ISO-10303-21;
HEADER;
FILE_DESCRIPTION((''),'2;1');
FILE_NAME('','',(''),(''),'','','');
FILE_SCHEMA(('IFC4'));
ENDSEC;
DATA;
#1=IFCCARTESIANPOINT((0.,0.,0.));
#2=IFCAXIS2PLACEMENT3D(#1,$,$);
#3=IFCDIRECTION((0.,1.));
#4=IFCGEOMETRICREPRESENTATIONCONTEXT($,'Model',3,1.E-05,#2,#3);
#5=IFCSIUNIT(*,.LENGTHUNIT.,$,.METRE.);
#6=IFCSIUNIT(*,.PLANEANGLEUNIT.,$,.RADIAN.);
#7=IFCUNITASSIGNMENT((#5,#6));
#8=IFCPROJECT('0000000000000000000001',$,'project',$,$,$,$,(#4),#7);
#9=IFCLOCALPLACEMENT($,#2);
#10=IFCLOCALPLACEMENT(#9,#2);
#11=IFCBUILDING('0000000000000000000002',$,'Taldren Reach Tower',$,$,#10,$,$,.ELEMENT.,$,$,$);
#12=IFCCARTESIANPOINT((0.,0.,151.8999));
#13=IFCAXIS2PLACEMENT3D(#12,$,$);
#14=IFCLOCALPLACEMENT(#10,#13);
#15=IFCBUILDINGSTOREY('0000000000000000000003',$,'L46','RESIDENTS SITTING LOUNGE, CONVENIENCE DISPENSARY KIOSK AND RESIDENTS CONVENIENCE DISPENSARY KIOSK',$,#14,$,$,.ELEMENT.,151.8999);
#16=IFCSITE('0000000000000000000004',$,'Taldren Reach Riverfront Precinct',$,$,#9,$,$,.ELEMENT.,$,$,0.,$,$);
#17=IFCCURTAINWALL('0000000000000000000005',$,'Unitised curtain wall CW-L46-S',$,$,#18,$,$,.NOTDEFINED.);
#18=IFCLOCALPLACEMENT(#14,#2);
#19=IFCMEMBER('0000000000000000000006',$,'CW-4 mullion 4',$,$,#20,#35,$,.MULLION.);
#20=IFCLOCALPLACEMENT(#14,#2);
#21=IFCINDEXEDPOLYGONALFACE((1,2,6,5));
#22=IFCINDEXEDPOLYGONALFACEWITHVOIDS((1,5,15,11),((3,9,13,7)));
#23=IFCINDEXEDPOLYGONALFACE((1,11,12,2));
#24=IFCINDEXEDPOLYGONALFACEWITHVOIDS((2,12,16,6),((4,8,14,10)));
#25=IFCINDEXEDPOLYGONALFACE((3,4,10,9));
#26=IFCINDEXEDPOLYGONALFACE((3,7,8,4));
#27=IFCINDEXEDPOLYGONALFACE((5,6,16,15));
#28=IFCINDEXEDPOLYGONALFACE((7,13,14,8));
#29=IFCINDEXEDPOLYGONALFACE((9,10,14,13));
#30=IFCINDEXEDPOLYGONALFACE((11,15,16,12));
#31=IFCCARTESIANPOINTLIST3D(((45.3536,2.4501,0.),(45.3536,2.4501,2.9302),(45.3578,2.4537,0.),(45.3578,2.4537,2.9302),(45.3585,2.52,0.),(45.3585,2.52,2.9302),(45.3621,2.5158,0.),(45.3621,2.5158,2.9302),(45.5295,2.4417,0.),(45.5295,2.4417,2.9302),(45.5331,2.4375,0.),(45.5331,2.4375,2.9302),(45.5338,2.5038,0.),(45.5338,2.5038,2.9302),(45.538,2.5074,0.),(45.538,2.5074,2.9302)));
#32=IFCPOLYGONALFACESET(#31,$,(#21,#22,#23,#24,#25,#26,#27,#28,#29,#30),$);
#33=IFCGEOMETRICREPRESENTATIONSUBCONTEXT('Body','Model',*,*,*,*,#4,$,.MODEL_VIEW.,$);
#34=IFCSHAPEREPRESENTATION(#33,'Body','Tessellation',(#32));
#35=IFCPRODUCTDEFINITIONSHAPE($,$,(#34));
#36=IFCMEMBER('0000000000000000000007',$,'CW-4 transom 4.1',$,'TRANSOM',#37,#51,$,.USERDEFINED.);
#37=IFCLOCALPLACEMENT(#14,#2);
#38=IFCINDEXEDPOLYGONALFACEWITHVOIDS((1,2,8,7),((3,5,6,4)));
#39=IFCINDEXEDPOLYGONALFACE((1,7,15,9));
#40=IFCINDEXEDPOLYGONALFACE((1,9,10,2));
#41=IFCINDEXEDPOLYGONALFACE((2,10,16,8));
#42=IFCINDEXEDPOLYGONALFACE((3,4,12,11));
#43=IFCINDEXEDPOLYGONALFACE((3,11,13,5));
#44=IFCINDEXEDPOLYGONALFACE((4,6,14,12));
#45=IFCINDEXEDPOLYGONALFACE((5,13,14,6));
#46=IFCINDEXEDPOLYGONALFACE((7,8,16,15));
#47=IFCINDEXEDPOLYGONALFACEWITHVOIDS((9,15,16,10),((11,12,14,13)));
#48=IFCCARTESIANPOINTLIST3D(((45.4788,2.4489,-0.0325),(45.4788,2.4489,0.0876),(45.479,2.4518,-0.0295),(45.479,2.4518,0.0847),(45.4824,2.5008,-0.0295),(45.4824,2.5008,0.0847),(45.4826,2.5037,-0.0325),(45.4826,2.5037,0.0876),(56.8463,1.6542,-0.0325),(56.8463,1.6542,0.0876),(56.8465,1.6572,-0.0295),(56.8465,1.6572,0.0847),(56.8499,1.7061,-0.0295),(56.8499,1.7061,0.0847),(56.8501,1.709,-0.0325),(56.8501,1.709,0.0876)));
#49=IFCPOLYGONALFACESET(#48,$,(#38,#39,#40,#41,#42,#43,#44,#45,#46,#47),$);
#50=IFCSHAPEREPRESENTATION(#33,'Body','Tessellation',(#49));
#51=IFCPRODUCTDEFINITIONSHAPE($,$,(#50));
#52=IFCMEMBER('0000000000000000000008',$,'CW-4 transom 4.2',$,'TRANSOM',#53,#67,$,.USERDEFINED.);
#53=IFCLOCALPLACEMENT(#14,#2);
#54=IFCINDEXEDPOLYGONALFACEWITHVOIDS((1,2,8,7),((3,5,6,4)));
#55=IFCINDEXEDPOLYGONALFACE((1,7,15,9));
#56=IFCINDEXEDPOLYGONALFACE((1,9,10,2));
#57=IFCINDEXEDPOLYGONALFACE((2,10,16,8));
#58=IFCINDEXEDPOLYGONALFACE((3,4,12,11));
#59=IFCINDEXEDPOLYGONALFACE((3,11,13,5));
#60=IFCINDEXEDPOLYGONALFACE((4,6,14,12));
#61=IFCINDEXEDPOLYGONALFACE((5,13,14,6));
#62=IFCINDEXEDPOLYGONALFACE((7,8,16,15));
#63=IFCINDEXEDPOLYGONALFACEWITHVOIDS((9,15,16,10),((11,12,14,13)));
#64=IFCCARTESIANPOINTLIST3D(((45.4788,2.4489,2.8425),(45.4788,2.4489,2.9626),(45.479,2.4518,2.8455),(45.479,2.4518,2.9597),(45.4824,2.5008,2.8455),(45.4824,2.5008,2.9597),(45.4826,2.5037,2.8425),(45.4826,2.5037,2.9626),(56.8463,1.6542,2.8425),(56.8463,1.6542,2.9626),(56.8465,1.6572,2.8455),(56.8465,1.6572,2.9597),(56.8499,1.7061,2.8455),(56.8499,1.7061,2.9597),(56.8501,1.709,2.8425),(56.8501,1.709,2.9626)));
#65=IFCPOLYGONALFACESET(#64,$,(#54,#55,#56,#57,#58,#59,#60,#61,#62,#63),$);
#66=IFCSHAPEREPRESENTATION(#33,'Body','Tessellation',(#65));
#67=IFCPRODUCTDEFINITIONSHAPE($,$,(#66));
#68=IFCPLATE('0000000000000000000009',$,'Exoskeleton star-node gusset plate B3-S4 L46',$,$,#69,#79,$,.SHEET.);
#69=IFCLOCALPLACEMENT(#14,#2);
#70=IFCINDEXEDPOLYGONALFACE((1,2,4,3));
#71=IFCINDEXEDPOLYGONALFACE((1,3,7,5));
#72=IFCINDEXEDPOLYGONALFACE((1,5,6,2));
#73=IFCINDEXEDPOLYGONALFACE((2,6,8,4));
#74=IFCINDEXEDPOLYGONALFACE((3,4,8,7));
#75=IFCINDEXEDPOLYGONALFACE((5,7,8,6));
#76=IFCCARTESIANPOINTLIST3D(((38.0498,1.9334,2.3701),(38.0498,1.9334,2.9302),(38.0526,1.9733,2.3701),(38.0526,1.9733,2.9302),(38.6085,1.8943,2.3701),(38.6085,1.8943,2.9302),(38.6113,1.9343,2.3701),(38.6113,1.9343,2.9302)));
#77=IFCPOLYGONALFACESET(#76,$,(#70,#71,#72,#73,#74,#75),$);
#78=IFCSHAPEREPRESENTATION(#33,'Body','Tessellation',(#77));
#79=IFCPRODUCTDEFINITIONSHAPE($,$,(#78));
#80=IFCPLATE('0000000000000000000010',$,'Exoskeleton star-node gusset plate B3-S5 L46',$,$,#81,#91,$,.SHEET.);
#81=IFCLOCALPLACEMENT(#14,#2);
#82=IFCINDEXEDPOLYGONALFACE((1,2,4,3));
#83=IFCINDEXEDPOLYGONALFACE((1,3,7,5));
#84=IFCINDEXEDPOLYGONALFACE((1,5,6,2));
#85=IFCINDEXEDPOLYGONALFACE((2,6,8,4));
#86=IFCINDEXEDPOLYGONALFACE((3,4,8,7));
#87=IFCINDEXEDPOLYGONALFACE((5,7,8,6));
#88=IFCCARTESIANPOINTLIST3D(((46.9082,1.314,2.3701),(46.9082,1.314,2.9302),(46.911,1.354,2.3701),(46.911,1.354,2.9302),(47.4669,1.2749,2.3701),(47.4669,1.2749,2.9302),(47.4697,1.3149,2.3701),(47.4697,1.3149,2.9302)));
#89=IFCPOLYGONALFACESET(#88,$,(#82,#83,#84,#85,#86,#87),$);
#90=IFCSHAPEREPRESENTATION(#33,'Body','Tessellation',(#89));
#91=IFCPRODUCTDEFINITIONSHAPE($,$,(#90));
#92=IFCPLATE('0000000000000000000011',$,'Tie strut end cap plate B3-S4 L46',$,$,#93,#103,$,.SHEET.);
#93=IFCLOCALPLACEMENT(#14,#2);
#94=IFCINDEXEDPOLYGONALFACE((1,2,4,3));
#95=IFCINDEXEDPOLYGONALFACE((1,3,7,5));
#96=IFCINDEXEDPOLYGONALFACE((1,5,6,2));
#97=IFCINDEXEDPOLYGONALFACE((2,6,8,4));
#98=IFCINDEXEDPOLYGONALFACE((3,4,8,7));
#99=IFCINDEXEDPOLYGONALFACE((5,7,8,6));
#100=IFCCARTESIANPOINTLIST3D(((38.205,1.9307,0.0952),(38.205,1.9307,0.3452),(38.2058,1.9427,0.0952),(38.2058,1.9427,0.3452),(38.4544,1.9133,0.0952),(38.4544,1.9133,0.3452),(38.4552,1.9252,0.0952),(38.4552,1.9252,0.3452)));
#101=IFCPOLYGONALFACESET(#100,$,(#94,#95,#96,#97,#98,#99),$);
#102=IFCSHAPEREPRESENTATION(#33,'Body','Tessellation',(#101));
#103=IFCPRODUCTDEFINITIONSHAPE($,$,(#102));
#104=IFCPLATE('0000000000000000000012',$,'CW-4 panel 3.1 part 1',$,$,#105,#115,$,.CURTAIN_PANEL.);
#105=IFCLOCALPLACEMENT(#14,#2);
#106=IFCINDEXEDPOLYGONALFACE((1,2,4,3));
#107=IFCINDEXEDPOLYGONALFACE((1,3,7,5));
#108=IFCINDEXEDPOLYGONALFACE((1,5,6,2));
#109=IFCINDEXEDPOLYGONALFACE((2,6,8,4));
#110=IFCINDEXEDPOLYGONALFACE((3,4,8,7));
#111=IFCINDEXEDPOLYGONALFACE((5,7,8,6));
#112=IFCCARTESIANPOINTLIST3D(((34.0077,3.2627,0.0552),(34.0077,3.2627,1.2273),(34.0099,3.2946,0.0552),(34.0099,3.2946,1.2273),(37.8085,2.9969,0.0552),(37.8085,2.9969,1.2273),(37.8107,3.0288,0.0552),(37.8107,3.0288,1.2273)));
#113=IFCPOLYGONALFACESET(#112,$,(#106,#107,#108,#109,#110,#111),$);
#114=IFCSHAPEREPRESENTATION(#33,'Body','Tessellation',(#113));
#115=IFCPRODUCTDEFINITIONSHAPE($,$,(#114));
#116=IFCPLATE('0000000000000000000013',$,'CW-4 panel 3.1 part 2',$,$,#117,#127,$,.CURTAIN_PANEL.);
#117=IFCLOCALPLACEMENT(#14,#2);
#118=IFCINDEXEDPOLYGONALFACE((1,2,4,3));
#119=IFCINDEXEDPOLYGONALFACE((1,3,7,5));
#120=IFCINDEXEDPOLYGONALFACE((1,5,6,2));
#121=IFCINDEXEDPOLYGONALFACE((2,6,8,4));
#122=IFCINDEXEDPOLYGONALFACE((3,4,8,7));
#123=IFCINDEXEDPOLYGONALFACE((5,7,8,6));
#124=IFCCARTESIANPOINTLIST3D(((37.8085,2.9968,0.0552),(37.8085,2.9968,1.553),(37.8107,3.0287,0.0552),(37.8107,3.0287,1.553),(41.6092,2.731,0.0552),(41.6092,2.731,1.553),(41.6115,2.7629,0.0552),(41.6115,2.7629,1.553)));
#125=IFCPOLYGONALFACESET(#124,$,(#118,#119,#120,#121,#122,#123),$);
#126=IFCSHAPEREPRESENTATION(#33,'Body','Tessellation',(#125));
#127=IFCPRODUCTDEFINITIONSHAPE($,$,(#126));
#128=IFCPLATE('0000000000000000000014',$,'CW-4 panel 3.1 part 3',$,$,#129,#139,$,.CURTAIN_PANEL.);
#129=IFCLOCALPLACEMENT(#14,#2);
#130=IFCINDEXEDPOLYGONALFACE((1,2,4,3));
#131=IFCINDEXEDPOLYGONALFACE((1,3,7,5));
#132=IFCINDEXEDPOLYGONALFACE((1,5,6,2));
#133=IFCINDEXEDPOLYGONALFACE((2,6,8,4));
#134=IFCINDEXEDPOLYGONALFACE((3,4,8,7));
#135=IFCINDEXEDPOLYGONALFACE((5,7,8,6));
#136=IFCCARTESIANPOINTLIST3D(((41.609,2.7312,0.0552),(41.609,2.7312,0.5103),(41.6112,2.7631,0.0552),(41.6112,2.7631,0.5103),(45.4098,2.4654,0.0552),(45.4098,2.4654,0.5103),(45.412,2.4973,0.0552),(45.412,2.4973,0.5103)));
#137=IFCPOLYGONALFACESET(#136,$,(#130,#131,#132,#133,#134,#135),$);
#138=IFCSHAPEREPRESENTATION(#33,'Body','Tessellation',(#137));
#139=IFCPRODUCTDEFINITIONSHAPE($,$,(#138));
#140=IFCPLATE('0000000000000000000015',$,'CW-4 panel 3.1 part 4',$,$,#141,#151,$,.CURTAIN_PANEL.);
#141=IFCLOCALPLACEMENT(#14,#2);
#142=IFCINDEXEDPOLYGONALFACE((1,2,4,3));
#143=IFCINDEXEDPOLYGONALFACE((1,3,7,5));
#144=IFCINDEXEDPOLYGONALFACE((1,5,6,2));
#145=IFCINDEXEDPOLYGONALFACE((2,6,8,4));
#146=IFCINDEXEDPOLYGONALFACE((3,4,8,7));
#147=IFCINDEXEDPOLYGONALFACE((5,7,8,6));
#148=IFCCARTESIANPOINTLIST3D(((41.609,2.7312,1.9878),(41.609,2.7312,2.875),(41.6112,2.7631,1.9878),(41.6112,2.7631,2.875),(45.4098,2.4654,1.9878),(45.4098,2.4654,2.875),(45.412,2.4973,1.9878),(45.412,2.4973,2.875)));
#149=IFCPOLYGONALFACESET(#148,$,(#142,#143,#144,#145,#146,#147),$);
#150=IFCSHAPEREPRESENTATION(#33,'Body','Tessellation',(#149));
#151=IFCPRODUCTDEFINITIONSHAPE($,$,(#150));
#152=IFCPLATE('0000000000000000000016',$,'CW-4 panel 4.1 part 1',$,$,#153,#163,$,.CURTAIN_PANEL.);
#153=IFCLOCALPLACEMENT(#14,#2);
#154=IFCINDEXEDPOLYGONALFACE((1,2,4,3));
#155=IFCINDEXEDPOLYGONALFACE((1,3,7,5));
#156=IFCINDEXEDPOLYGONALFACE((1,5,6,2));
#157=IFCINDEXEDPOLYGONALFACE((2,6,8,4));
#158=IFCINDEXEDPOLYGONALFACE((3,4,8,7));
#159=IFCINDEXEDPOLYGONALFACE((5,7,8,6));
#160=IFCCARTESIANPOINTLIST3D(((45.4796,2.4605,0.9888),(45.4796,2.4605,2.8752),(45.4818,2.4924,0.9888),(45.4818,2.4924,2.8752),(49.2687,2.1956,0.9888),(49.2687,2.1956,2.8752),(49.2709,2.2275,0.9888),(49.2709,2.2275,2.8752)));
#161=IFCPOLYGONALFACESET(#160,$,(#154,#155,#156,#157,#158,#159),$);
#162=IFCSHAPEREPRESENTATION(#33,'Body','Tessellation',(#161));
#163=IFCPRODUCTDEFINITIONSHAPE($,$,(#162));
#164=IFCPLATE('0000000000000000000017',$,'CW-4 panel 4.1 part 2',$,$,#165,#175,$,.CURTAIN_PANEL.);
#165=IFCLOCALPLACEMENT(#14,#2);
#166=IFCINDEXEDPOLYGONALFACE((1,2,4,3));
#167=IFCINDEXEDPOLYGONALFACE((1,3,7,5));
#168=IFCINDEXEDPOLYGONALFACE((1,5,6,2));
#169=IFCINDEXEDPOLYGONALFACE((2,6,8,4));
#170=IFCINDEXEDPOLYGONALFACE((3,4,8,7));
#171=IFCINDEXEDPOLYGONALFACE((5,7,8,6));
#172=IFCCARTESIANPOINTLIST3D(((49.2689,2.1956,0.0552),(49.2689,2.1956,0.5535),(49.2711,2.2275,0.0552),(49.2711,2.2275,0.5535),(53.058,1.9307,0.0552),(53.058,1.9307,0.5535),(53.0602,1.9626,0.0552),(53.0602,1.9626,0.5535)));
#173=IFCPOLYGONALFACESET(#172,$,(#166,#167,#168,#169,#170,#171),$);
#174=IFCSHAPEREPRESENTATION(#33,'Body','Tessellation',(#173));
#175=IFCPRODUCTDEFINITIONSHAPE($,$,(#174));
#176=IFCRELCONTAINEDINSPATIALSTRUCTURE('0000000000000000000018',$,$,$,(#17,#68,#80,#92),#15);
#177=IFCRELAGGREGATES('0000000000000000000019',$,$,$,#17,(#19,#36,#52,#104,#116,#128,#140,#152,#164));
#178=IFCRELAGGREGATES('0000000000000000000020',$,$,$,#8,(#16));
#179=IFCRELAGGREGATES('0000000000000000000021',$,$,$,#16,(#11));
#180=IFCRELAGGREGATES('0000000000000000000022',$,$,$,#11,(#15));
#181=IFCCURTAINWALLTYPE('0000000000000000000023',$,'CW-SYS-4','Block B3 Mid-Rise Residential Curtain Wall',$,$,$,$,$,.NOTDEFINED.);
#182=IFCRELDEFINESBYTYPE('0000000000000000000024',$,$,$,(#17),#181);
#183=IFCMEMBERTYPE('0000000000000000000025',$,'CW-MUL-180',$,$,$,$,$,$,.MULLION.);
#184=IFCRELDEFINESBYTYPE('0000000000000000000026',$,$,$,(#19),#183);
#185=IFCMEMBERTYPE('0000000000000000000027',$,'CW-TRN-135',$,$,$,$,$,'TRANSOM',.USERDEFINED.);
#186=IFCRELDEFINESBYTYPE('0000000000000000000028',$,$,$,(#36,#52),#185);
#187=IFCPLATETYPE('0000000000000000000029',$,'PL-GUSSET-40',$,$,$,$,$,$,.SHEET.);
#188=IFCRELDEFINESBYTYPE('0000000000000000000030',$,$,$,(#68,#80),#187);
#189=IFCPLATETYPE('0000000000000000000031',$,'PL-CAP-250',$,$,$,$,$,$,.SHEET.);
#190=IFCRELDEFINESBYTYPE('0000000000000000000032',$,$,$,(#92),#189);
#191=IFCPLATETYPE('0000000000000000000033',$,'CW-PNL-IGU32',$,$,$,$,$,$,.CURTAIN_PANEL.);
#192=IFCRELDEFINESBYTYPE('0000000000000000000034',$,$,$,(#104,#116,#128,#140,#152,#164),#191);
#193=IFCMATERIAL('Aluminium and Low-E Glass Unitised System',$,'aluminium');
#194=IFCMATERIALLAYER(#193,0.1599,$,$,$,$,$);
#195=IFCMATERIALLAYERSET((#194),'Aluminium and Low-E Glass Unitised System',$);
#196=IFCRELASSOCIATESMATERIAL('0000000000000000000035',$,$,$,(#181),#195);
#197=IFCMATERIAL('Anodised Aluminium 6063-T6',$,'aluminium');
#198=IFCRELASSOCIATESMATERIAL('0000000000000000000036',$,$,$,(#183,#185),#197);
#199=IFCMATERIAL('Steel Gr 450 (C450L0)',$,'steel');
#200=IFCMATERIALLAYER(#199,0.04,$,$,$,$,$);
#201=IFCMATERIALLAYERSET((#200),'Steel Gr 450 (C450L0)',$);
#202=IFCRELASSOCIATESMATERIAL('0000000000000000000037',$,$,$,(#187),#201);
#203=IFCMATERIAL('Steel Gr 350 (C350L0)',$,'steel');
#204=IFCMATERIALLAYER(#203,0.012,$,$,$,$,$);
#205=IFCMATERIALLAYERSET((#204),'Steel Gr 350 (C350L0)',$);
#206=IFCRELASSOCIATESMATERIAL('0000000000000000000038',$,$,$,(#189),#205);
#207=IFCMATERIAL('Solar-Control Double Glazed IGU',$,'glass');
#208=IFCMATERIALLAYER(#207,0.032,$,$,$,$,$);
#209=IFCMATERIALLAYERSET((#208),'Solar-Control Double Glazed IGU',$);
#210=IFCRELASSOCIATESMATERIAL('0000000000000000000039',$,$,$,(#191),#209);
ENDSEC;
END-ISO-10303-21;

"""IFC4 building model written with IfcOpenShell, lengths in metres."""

from ifc_helpers import new_model, si_unit, direction, frame, origin, origin_2d, place, context, subcontext, project, spatial, rectangle, hollow_rectangle, extrude, source, transform, mapped, material, layer, layer_set, material_profile, profile_set, type_object, element, aggregate, save


model = new_model("IFC4")

# Units and contexts
model_context = context("Model", 3, precision=1e-05, world=origin(), true_north=direction((0.0, 1.0)))
body_context = subcontext(model_context, "Body", "Model", "MODEL_VIEW")
ifc_project = project(units=[si_unit("LENGTHUNIT", "METRE"), si_unit("PLANEANGLEUNIT", "RADIAN")], contexts=[model_context])

# Site, building, storey
site_placement = place(None, origin())
site = spatial("IfcSite", under=ifc_project, at=site_placement, Name="Taldren Reach Riverfront Precinct", CompositionType="ELEMENT", RefElevation=0.0)
building_placement = place(site_placement, origin())
building = spatial("IfcBuilding", under=site, at=building_placement, Name="Taldren Reach Tower", CompositionType="ELEMENT")
storey_placement = place(building_placement, frame((0.0, 0.0, 151.8999)))
storey = spatial("IfcBuildingStorey", under=building, at=storey_placement, Name="L46", Description="RESIDENTS SITTING LOUNGE, CONVENIENCE DISPENSARY KIOSK AND RESIDENTS CONVENIENCE DISPENSARY KIOSK", CompositionType="ELEMENT", Elevation=151.8999)

# Shared definitions
ifc_material_1 = material(Name="Steel Gr 450 (C450L0)", Category="steel")
ifc_material_2 = material(Name="Steel Gr 350 (C350L0)", Category="steel")

# Curtain wall, members
ifc_material_3 = material(Name="Aluminium and Low-E Glass Unitised System", Category="aluminium")
ifc_layer_1 = layer(ifc_material_3, 0.1599)
ifc_layer_set_1 = layer_set([ifc_layer_1], Name="Aluminium and Low-E Glass Unitised System")
curtain_wall_type = type_object("IfcCurtainWallType", Name="CW-SYS-4", Description="Block B3 Mid-Rise Residential Curtain Wall", PredefinedType="NOTDEFINED", material=ifc_layer_set_1)
curtain_wall_placement = place(storey_placement, origin())
curtain_wall = element("IfcCurtainWall", 1, at=curtain_wall_placement, inside=storey, type_object=curtain_wall_type, Name="Unitised curtain wall CW-L46-S", PredefinedType="NOTDEFINED")
ifc_material_4 = material(Name="Anodised Aluminium 6063-T6", Category="aluminium")
ifc_material_profile_1 = material_profile(ifc_material_4, hollow_rectangle(XDim=0.0701, YDim=0.1799, WallThickness=0.0039, at=origin_2d()), Name="ALU-180x70x4RHS")
ifc_profile_set_1 = profile_set([ifc_material_profile_1], Name="Anodised Aluminium 6063-T6")
member_type_1 = type_object("IfcMemberType", Name="CW-MUL-180", PredefinedType="MULLION", material=ifc_profile_set_1)
shared_shape_1 = source(origin(), body_context, "Body", "SweptSolid", [
    extrude(hollow_rectangle(XDim=0.0701, YDim=0.1799, WallThickness=0.0039, at=origin_2d()), origin(), (0.0, 0.0, 1.0), 2.9302),
])
member_1_placement = place(storey_placement, frame((45.4458, 2.4788, 0.0), z_axis=(0.0, 0.0, 1.0), x_axis=(0.069757, 0.997564, 0.0)))
member_1 = element("IfcMember", 2, at=member_1_placement, type_object=member_type_1, Name="CW-4 mullion 4", PredefinedType="MULLION", context=body_context, shape_type="MappedRepresentation", body=[
    mapped(shared_shape_1, transform((0.0, 0.0, 0.0), scale=1.0)),
])
ifc_material_profile_2 = material_profile(ifc_material_4, hollow_rectangle(XDim=0.0549, YDim=0.1201, WallThickness=0.0029, at=origin_2d()), Name="ALU-120x55x3RHS")
ifc_profile_set_2 = profile_set([ifc_material_profile_2], Name="Anodised Aluminium 6063-T6")
member_type_2 = type_object("IfcMemberType", Name="CW-TRN-135", ElementType="TRANSOM", PredefinedType="USERDEFINED", material=ifc_profile_set_2)
shared_shape_2 = source(origin(), body_context, "Body", "SweptSolid", [
    extrude(hollow_rectangle(XDim=0.0549, YDim=0.1201, WallThickness=0.0029, at=origin_2d()), origin(), (0.0, 0.0, 1.0), 11.3953),
])
member_2_placement = place(storey_placement, frame((45.4807, 2.4763, 0.0276), z_axis=(0.997565, -0.069738, 0.0), x_axis=(0.069738, 0.997565, 0.0)))
member_2 = element("IfcMember", 3, at=member_2_placement, type_object=member_type_2, Name="CW-4 transom 4.1", ObjectType="TRANSOM", PredefinedType="USERDEFINED", context=body_context, shape_type="MappedRepresentation", body=[
    mapped(shared_shape_2, transform((0.0, 0.0, 0.0), scale=1.0)),
])
member_3_placement = place(storey_placement, frame((45.4807, 2.4763, 2.9026), z_axis=(0.997565, -0.069738, 0.0), x_axis=(0.069738, 0.997565, 0.0)))
member_3 = element("IfcMember", 4, at=member_3_placement, type_object=member_type_2, Name="CW-4 transom 4.2", ObjectType="TRANSOM", PredefinedType="USERDEFINED", context=body_context, shape_type="MappedRepresentation", body=[
    mapped(shared_shape_2, transform((0.0, 0.0, 0.0), scale=1.0)),
])

# Plates
ifc_layer_2 = layer(ifc_material_1, 0.04)
ifc_layer_set_2 = layer_set([ifc_layer_2], Name="Steel Gr 450 (C450L0)")
plate_type_1 = type_object("IfcPlateType", Name="PL-GUSSET-40", PredefinedType="SHEET", material=ifc_layer_set_2)
shared_shape_3 = source(origin(), body_context, "Body", "SweptSolid", [
    extrude(rectangle(XDim=0.5601, YDim=0.04, at=origin_2d()), origin(), (0.0, 0.0, 1.0), 0.5601),
])
for number, where, z_axis, x_axis, name in (
    (5, (38.3306, 1.9338, 2.3701), (0.0, 0.0, 1.0), (0.997564, -0.069756, 0.0), "Exoskeleton star-node gusset plate B3-S4 L46"),
    (6, (47.189, 1.3145, 2.3701), (0.0, 0.0, 1.0), (0.997564, -0.069756, 0.0), "Exoskeleton star-node gusset plate B3-S5 L46"),
):
    element("IfcPlate", number, at=place(storey_placement, frame(where, z_axis=z_axis, x_axis=x_axis)), inside=storey, type_object=plate_type_1, Name=name, PredefinedType="SHEET", context=body_context, shape_type="MappedRepresentation", body=[
        mapped(shared_shape_3, transform((0.0, 0.0, 0.0), scale=1.0)),
    ])
ifc_layer_3 = layer(ifc_material_2, 0.012)
ifc_layer_set_3 = layer_set([ifc_layer_3], Name="Steel Gr 350 (C350L0)")
plate_type_2 = type_object("IfcPlateType", Name="PL-CAP-250", PredefinedType="SHEET", material=ifc_layer_set_3)
shared_shape_4 = source(origin(), body_context, "Body", "SweptSolid", [
    extrude(rectangle(XDim=0.25, YDim=0.012, at=origin_2d()), origin(), (0.0, 0.0, 1.0), 0.25),
])
plate_1_placement = place(storey_placement, frame((38.3301, 1.928, 0.0952), z_axis=(0.0, 0.0, 1.0), x_axis=(0.997564, -0.069756, 0.0)))
element("IfcPlate", 7, at=plate_1_placement, inside=storey, type_object=plate_type_2, Name="Tie strut end cap plate B3-S4 L46", PredefinedType="SHEET", context=body_context, shape_type="MappedRepresentation", body=[
    mapped(shared_shape_4, transform((0.0, 0.0, 0.0), scale=1.0)),
])

# Plates
ifc_material_5 = material(Name="Solar-Control Double Glazed IGU", Category="glass")
ifc_layer_4 = layer(ifc_material_5, 0.032)
ifc_layer_set_4 = layer_set([ifc_layer_4], Name="Solar-Control Double Glazed IGU")
plate_type_3 = type_object("IfcPlateType", Name="CW-PNL-IGU32", PredefinedType="CURTAIN_PANEL", material=ifc_layer_set_4)
shared_shape_5 = source(origin(), body_context, "Body", "SweptSolid", [
    extrude(rectangle(XDim=3.8101, YDim=0.032, at=origin_2d()), origin(), (0.0, 0.0, 1.0), 1.1721),
])
plate_2_placement = place(storey_placement, frame((35.9092, 3.1458, 0.0552), z_axis=(0.0, 0.0, 1.0), x_axis=(0.997564, -0.069757, 0.0)))
plate_2 = element("IfcPlate", 8, at=plate_2_placement, type_object=plate_type_3, Name="CW-4 panel 3.1 part 1", PredefinedType="CURTAIN_PANEL", context=body_context, shape_type="MappedRepresentation", body=[
    mapped(shared_shape_5, transform((0.0, 0.0, 0.0), scale=1.0)),
])
shared_shape_6 = source(origin(), body_context, "Body", "SweptSolid", [
    extrude(rectangle(XDim=3.8101, YDim=0.032, at=origin_2d()), origin(), (0.0, 0.0, 1.0), 1.4978),
])
plate_3_placement = place(storey_placement, frame((39.71, 2.8799, 0.0552), z_axis=(0.0, 0.0, 1.0), x_axis=(0.997564, -0.069757, 0.0)))
plate_3 = element("IfcPlate", 9, at=plate_3_placement, type_object=plate_type_3, Name="CW-4 panel 3.1 part 2", PredefinedType="CURTAIN_PANEL", context=body_context, shape_type="MappedRepresentation", body=[
    mapped(shared_shape_6, transform((0.0, 0.0, 0.0), scale=1.0)),
])
shared_shape_7 = source(origin(), body_context, "Body", "SweptSolid", [
    extrude(rectangle(XDim=3.8101, YDim=0.032, at=origin_2d()), origin(), (0.0, 0.0, 1.0), 0.4551),
])
plate_4_placement = place(storey_placement, frame((43.5105, 2.6143, 0.0552), z_axis=(0.0, 0.0, 1.0), x_axis=(0.997564, -0.069757, 0.0)))
plate_4 = element("IfcPlate", 10, at=plate_4_placement, type_object=plate_type_3, Name="CW-4 panel 3.1 part 3", PredefinedType="CURTAIN_PANEL", context=body_context, shape_type="MappedRepresentation", body=[
    mapped(shared_shape_7, transform((0.0, 0.0, 0.0), scale=1.0)),
])
shared_shape_8 = source(origin(), body_context, "Body", "SweptSolid", [
    extrude(rectangle(XDim=3.8101, YDim=0.032, at=origin_2d()), origin(), (0.0, 0.0, 1.0), 0.8872),
])
plate_5_placement = place(storey_placement, frame((43.5105, 2.6143, 1.9878), z_axis=(0.0, 0.0, 1.0), x_axis=(0.997564, -0.069757, 0.0)))
plate_5 = element("IfcPlate", 11, at=plate_5_placement, type_object=plate_type_3, Name="CW-4 panel 3.1 part 4", PredefinedType="CURTAIN_PANEL", context=body_context, shape_type="MappedRepresentation", body=[
    mapped(shared_shape_8, transform((0.0, 0.0, 0.0), scale=1.0)),
])
shared_shape_9 = source(origin(), body_context, "Body", "SweptSolid", [
    extrude(rectangle(XDim=3.7983, YDim=0.032, at=origin_2d()), origin(), (0.0, 0.0, 1.0), 1.8865),
])
plate_6_placement = place(storey_placement, frame((47.3752, 2.344, 0.9888), z_axis=(0.0, 0.0, 1.0), x_axis=(0.997564, -0.069757, 0.0)))
plate_6 = element("IfcPlate", 12, at=plate_6_placement, type_object=plate_type_3, Name="CW-4 panel 4.1 part 1", PredefinedType="CURTAIN_PANEL", context=body_context, shape_type="MappedRepresentation", body=[
    mapped(shared_shape_9, transform((0.0, 0.0, 0.0), scale=1.0)),
])
shared_shape_10 = source(origin(), body_context, "Body", "SweptSolid", [
    extrude(rectangle(XDim=3.7983, YDim=0.032, at=origin_2d()), origin(), (0.0, 0.0, 1.0), 0.4983),
])
plate_7_placement = place(storey_placement, frame((51.1646, 2.0791, 0.0552), z_axis=(0.0, 0.0, 1.0), x_axis=(0.997564, -0.069757, 0.0)))
plate_7 = element("IfcPlate", 13, at=plate_7_placement, type_object=plate_type_3, Name="CW-4 panel 4.1 part 2", PredefinedType="CURTAIN_PANEL", context=body_context, shape_type="MappedRepresentation", body=[
    mapped(shared_shape_10, transform((0.0, 0.0, 0.0), scale=1.0)),
])
aggregate(curtain_wall, [member_1, member_2, member_3, plate_2, plate_3, plate_4, plate_5, plate_6, plate_7])

save(model, "model.ifc")
